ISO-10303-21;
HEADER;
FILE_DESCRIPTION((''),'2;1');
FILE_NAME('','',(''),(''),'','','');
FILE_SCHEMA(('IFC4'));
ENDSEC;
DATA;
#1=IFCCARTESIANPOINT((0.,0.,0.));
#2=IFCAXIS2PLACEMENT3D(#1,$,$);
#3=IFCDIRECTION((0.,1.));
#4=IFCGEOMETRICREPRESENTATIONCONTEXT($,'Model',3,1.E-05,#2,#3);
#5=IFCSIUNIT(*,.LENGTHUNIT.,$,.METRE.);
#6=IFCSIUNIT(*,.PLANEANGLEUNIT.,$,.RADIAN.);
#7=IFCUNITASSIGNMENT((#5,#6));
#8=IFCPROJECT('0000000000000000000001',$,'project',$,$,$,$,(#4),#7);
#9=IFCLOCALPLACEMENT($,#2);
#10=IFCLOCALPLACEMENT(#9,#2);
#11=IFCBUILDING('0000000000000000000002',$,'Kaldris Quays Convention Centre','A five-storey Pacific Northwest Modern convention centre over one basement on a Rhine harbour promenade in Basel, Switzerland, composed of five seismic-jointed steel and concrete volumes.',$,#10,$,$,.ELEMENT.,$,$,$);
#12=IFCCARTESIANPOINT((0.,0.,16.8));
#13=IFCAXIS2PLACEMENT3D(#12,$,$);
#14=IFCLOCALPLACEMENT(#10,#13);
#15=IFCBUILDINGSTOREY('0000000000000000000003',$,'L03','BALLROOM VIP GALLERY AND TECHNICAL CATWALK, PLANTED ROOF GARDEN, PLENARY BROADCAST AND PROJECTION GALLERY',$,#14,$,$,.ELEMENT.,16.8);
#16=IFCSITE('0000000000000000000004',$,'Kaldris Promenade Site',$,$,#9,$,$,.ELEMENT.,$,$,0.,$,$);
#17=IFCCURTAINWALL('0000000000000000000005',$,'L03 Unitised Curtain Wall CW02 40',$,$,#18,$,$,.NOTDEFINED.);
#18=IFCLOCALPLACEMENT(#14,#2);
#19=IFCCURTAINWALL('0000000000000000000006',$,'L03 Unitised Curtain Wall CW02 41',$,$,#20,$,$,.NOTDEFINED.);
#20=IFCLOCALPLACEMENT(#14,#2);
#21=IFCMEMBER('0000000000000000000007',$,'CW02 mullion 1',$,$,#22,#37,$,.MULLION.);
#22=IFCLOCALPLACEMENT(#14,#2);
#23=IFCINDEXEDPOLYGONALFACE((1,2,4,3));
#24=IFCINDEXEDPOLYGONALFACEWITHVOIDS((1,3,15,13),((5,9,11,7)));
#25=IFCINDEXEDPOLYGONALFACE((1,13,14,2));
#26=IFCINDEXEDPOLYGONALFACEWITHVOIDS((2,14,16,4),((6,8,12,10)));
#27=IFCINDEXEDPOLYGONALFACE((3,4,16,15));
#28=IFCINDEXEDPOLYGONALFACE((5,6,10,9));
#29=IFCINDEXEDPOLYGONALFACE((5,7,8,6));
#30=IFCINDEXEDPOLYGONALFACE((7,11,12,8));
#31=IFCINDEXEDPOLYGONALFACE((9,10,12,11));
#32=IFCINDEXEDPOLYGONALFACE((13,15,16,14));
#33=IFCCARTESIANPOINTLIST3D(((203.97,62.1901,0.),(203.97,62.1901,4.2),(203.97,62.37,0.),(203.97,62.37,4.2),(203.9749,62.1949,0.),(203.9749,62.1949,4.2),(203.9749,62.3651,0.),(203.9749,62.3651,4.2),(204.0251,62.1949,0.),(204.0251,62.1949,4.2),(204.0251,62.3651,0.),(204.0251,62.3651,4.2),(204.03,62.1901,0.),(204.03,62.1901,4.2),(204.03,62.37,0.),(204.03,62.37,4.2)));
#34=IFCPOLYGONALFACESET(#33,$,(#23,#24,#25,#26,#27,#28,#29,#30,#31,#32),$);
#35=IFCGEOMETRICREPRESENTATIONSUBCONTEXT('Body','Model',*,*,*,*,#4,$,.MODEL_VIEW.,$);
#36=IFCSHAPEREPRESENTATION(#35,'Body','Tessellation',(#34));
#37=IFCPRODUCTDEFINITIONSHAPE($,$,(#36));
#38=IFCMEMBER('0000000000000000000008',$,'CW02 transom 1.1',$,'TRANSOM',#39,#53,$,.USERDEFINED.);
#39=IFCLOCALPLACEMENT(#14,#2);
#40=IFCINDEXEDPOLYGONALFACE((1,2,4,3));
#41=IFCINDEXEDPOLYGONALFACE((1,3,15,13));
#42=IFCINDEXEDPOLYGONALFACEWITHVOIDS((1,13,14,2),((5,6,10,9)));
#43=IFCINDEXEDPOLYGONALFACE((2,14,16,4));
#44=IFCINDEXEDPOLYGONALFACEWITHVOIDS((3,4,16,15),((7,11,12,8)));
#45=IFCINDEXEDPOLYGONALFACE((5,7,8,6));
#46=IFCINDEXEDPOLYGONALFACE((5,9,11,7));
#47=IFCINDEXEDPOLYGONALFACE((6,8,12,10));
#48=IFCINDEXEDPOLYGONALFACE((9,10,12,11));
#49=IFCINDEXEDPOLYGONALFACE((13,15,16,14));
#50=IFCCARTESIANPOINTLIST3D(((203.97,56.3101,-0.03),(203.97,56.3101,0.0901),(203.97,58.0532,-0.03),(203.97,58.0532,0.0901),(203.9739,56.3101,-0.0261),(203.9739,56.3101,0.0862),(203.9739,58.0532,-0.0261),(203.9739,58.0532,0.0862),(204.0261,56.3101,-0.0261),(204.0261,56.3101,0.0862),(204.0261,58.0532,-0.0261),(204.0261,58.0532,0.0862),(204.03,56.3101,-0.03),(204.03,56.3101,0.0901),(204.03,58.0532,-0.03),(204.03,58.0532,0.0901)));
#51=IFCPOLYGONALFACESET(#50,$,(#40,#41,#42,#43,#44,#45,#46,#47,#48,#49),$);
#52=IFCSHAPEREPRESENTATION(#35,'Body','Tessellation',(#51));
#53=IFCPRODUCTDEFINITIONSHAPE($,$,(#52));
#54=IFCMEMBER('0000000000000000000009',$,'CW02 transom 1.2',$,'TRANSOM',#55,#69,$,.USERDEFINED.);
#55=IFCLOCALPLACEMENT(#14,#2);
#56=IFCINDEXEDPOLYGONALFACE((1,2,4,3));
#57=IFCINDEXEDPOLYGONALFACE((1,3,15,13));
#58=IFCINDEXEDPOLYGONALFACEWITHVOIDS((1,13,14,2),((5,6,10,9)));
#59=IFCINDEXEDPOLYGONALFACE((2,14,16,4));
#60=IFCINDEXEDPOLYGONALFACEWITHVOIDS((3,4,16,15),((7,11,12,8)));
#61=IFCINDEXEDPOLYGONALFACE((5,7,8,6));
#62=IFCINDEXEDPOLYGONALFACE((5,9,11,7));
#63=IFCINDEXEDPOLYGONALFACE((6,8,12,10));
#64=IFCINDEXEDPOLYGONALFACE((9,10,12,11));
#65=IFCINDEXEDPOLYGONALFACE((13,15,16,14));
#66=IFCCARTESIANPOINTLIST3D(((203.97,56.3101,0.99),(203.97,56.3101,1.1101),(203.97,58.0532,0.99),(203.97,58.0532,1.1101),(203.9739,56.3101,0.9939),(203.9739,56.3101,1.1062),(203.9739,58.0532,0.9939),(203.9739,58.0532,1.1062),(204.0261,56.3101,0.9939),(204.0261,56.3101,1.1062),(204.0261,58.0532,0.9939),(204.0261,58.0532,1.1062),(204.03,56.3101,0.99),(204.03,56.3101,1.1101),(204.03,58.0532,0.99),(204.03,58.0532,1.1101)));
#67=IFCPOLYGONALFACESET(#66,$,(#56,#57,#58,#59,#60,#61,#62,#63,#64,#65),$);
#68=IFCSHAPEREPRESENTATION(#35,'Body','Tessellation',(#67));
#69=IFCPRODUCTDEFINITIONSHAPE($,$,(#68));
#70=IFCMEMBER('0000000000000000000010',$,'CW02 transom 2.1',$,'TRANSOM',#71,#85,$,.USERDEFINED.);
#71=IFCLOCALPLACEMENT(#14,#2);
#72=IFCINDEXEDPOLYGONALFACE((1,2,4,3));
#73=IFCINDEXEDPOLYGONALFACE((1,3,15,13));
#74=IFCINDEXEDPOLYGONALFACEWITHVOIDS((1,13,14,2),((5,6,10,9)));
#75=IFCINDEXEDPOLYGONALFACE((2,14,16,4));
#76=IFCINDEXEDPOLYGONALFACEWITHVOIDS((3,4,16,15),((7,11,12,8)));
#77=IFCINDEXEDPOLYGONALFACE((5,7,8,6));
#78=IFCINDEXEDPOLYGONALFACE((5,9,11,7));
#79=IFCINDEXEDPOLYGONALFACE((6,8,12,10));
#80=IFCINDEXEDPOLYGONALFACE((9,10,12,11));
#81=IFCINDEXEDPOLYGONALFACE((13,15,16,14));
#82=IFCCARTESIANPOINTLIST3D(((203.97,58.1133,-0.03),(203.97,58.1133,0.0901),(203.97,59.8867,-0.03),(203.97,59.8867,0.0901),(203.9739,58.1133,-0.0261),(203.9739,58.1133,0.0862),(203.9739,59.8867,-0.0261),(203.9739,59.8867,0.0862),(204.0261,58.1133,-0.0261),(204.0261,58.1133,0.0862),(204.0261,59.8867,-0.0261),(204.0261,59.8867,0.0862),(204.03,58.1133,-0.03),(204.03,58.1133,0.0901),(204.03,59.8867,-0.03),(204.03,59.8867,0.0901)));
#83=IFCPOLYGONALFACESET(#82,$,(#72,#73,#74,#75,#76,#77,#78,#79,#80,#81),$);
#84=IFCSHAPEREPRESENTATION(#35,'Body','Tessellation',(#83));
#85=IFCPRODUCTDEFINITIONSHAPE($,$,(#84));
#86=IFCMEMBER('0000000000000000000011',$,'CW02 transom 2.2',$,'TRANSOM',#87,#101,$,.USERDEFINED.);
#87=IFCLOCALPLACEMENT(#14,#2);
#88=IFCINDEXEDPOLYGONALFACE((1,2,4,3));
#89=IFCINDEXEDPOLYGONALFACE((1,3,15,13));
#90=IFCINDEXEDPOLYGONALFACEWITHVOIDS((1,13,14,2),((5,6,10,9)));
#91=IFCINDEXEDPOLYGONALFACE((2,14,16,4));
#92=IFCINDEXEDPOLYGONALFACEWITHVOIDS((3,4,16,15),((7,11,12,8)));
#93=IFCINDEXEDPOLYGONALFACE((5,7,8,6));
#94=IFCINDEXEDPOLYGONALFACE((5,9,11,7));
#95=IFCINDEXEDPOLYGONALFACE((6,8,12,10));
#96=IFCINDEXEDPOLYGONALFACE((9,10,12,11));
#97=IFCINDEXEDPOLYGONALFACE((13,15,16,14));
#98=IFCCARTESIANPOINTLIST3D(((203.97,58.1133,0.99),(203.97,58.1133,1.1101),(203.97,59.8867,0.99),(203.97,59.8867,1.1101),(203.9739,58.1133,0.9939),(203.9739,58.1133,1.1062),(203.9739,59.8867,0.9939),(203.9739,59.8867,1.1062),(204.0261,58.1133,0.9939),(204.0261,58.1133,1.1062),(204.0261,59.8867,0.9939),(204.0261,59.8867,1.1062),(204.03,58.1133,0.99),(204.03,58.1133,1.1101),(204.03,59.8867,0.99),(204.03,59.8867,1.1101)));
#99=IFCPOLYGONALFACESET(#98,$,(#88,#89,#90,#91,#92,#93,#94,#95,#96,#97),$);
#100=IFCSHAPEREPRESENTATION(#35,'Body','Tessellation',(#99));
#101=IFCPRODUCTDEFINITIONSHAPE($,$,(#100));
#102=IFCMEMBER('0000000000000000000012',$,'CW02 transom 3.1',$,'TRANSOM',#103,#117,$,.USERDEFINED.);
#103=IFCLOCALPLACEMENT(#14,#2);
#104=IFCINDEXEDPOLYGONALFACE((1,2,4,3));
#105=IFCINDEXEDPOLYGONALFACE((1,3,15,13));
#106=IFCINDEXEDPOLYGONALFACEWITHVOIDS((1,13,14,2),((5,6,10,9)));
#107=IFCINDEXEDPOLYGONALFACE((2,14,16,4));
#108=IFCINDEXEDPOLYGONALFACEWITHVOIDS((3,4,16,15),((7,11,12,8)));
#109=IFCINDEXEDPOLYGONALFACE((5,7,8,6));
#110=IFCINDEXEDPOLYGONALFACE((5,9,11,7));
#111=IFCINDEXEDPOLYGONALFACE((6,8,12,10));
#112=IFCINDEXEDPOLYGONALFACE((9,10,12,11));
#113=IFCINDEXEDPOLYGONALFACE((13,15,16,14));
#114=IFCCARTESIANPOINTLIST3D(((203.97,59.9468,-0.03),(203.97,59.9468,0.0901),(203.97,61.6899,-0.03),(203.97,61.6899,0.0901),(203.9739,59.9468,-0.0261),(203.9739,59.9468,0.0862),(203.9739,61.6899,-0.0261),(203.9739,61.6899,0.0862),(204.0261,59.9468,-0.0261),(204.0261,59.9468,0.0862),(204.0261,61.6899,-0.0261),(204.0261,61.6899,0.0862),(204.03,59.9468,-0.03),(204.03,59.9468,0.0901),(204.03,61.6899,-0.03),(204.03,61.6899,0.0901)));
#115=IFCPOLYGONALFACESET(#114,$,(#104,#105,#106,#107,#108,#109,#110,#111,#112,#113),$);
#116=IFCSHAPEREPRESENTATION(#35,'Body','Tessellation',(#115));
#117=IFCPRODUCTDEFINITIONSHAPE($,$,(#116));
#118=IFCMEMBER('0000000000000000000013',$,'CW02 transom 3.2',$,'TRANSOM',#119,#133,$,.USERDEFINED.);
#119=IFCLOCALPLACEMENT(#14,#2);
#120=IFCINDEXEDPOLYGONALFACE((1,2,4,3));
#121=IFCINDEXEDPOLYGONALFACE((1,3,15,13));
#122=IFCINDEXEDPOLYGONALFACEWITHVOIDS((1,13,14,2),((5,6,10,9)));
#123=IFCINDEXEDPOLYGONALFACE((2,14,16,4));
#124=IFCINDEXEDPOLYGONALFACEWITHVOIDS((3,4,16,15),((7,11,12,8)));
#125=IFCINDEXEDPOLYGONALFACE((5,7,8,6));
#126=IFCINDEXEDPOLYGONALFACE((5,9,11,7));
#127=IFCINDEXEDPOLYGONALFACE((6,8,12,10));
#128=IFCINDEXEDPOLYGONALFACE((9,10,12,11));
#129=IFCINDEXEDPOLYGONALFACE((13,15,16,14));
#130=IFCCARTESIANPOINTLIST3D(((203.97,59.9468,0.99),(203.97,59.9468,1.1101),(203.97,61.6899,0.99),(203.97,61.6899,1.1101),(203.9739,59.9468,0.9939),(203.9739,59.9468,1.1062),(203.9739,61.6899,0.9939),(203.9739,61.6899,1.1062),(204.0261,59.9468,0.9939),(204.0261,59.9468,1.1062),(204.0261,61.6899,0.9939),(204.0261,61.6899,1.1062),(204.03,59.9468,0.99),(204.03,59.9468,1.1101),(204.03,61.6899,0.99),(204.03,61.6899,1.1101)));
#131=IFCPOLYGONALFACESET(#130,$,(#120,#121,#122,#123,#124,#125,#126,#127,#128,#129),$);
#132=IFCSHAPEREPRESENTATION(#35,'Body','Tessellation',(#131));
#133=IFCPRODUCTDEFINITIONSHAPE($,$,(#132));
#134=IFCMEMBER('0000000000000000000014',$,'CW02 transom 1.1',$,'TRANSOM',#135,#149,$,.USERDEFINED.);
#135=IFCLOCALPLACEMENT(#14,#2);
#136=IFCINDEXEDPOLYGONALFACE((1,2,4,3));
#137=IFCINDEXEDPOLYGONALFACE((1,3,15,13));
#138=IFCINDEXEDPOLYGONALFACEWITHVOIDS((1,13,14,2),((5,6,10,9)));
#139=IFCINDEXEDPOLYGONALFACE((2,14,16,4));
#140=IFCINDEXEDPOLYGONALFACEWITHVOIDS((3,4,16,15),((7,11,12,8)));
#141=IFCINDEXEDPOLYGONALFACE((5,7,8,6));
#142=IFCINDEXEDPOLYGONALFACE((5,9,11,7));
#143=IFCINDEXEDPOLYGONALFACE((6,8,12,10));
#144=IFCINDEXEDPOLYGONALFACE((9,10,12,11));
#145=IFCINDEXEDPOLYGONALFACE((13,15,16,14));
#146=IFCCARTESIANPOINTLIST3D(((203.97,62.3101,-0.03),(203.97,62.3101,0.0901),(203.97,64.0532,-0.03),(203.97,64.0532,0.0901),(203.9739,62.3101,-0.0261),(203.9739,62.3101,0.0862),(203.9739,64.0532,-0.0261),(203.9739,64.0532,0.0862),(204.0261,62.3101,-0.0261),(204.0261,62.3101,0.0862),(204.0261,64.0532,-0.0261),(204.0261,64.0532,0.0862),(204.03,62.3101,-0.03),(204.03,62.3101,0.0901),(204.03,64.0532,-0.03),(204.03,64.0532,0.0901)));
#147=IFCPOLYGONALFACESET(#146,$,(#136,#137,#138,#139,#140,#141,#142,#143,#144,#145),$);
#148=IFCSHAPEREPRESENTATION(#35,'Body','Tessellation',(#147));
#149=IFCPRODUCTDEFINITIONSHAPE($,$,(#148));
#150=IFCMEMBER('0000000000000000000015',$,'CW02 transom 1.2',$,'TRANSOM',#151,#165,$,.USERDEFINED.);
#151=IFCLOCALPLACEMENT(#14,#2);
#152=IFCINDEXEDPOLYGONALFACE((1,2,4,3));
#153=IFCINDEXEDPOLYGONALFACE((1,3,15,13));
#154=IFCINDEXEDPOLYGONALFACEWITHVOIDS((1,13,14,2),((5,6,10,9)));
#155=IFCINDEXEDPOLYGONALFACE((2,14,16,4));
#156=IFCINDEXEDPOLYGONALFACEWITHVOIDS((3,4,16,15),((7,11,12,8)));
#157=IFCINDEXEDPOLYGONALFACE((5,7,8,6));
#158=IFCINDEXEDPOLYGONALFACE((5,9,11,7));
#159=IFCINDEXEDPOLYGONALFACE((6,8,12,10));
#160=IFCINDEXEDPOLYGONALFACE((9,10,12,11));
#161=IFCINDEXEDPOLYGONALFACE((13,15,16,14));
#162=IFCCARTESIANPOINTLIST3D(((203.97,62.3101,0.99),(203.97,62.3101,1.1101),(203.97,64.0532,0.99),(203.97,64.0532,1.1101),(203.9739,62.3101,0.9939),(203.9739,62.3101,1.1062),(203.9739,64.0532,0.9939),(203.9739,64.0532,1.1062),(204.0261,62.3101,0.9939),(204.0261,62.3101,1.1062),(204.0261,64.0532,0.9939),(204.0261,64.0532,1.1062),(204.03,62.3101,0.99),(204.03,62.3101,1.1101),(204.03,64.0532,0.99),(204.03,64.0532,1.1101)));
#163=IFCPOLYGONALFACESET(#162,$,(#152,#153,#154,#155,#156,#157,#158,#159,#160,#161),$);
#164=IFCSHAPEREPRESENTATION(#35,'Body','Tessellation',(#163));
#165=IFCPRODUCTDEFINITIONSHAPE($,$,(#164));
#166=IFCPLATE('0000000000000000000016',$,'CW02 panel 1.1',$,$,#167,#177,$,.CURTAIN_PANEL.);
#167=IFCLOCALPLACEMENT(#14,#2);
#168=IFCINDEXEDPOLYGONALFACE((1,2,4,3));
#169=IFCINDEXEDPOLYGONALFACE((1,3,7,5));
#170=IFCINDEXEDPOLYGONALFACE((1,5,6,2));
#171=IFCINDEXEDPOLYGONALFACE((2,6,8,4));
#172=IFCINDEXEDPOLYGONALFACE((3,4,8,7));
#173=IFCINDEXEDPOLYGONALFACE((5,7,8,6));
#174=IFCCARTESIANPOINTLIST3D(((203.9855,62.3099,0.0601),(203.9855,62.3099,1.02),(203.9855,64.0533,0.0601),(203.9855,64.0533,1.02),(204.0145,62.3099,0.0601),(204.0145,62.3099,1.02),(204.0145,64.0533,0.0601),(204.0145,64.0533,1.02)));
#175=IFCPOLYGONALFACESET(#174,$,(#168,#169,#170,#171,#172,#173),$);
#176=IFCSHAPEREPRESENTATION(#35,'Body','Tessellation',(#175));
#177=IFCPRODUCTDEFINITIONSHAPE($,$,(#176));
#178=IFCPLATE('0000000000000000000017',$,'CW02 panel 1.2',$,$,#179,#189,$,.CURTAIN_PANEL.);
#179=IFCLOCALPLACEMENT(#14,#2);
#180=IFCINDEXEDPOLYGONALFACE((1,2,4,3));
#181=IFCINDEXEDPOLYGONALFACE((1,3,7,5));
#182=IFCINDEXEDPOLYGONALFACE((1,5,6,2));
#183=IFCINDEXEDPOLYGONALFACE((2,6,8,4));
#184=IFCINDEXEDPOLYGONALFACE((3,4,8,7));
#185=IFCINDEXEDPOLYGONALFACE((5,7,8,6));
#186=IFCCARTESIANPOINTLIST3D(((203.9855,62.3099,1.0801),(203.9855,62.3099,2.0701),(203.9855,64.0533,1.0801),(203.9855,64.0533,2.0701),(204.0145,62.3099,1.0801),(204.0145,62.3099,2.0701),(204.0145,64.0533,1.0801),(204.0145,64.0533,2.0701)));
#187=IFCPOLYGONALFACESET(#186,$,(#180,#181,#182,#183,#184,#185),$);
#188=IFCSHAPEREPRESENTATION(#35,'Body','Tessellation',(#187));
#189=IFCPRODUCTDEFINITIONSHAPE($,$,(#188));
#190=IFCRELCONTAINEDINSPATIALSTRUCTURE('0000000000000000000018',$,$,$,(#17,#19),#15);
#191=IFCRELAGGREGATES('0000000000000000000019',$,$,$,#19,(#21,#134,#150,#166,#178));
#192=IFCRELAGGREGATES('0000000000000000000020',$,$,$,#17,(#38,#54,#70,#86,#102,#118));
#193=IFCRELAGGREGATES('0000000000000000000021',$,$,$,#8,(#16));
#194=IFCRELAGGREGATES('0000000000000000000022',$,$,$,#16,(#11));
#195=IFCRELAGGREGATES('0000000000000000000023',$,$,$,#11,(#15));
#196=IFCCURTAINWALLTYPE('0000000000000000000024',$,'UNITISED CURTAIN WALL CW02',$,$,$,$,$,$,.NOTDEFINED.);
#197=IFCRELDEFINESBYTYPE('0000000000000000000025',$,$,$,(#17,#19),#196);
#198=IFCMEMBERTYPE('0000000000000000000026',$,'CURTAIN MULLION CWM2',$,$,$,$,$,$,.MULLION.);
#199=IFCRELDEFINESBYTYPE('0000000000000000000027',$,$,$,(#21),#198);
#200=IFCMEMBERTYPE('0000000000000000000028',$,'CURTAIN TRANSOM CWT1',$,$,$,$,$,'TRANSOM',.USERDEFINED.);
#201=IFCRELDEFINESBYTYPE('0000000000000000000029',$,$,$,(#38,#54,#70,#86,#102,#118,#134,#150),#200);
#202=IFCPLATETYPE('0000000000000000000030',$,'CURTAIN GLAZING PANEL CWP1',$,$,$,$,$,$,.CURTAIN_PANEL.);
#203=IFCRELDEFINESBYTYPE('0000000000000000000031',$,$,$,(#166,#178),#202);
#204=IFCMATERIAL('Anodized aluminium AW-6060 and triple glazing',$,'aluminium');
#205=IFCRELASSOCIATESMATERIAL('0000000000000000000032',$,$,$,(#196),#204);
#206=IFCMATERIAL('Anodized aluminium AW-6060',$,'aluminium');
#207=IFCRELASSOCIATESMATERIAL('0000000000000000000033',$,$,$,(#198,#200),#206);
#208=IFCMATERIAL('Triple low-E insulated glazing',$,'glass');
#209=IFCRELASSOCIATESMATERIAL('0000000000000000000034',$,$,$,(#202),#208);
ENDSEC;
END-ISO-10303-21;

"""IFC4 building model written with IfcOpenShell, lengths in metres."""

from ifc_helpers import new_model, si_unit, direction, frame, origin, origin_2d, place, context, subcontext, project, spatial, rectangle, hollow_rectangle, extrude, material, material_profile, profile_set, type_object, element, aggregate, save


model = new_model("IFC4")

# Units and contexts
model_context = context("Model", 3, precision=1e-05, world=origin(), true_north=direction((0.0, 1.0)))
body_context = subcontext(model_context, "Body", "Model", "MODEL_VIEW")
ifc_project = project(units=[si_unit("LENGTHUNIT", "METRE"), si_unit("PLANEANGLEUNIT", "RADIAN")], contexts=[model_context])

# Site, building, storey
site_placement = place(None, origin())
site = spatial("IfcSite", under=ifc_project, at=site_placement, Name="Kaldris Promenade Site", CompositionType="ELEMENT", RefElevation=0.0)
building_placement = place(site_placement, origin())
building = spatial("IfcBuilding", under=site, at=building_placement, Name="Kaldris Quays Convention Centre", Description="A five-storey Pacific Northwest Modern convention centre over one basement on a Rhine harbour promenade in Basel, Switzerland, composed of five seismic-jointed steel and concrete volumes.", CompositionType="ELEMENT")
storey_placement = place(building_placement, frame((0.0, 0.0, 16.8)))
storey = spatial("IfcBuildingStorey", under=building, at=storey_placement, Name="L03", Description="BALLROOM VIP GALLERY AND TECHNICAL CATWALK, PLANTED ROOF GARDEN, PLENARY BROADCAST AND PROJECTION GALLERY", CompositionType="ELEMENT", Elevation=16.8)

# Shared definitions
ifc_material_1 = material(Name="Anodized aluminium AW-6060 and triple glazing", Category="aluminium")
ifc_material_2 = material(Name="Anodized aluminium AW-6060", Category="aluminium")

# Curtain wall
curtain_wall_type_1 = type_object("IfcCurtainWallType", Name="UNITISED CURTAIN WALL CW02", PredefinedType="NOTDEFINED", material=ifc_material_1)
curtain_wall_1_placement = place(storey_placement, origin())
curtain_wall_1 = element("IfcCurtainWall", 1, at=curtain_wall_1_placement, inside=storey, type_object=curtain_wall_type_1, Name="L03 Unitised Curtain Wall CW02 40", PredefinedType="NOTDEFINED")
ifc_material_profile_1 = material_profile(ifc_material_2, hollow_rectangle(XDim=0.0601, YDim=0.1799, WallThickness=0.0049, at=origin_2d()), Name="RHS 180x60x5")
ifc_profile_set_1 = profile_set([ifc_material_profile_1], Name="Anodized aluminium AW-6060")
member_type_1 = type_object("IfcMemberType", Name="CURTAIN MULLION CWM2", PredefinedType="MULLION", material=ifc_profile_set_1)

# Curtain wall, member
curtain_wall_2_placement = place(storey_placement, origin())
curtain_wall_2 = element("IfcCurtainWall", 2, at=curtain_wall_2_placement, inside=storey, type_object=curtain_wall_type_1, Name="L03 Unitised Curtain Wall CW02 41", PredefinedType="NOTDEFINED")
member_1_placement = place(storey_placement, frame((204.0, 62.28, 0.0), z_axis=(0.0, 0.0, 1.0), x_axis=(-1.0, 0.0, 0.0)))
member_1 = element("IfcMember", 3, at=member_1_placement, type_object=member_type_1, Name="CW02 mullion 1", PredefinedType="MULLION", context=body_context, shape_type="SweptSolid", body=[
    extrude(hollow_rectangle(XDim=0.0601, YDim=0.1799, WallThickness=0.0049, at=origin_2d()), origin(), (0.0, 0.0, 1.0), 4.2),
])

# Members
ifc_material_profile_2 = material_profile(ifc_material_2, hollow_rectangle(XDim=0.0601, YDim=0.1201, WallThickness=0.0039, at=origin_2d()), Name="RHS 120x60x4")
ifc_profile_set_2 = profile_set([ifc_material_profile_2], Name="Anodized aluminium AW-6060")
member_type_2 = type_object("IfcMemberType", Name="CURTAIN TRANSOM CWT1", ElementType="TRANSOM", PredefinedType="USERDEFINED", material=ifc_profile_set_2)
member_2_placement = place(storey_placement, frame((204.0, 56.3101, 0.03), z_axis=(0.0, 1.0, 0.0), x_axis=(-1.0, 0.0, 0.0)))
member_2 = element("IfcMember", 4, at=member_2_placement, type_object=member_type_2, Name="CW02 transom 1.1", ObjectType="TRANSOM", PredefinedType="USERDEFINED", context=body_context, shape_type="SweptSolid", body=[
    extrude(hollow_rectangle(XDim=0.0601, YDim=0.1201, WallThickness=0.0039, at=origin_2d()), origin(), (0.0, 0.0, 1.0), 1.7432),
])
member_3_placement = place(storey_placement, frame((204.0, 56.3101, 1.05), z_axis=(0.0, 1.0, 0.0), x_axis=(-1.0, 0.0, 0.0)))
member_3 = element("IfcMember", 5, at=member_3_placement, type_object=member_type_2, Name="CW02 transom 1.2", ObjectType="TRANSOM", PredefinedType="USERDEFINED", context=body_context, shape_type="SweptSolid", body=[
    extrude(hollow_rectangle(XDim=0.0601, YDim=0.1201, WallThickness=0.0039, at=origin_2d()), origin(), (0.0, 0.0, 1.0), 1.7432),
])
member_4_placement = place(storey_placement, frame((204.0, 58.1133, 0.03), z_axis=(0.0, 1.0, 0.0), x_axis=(-1.0, 0.0, 0.0)))
member_4 = element("IfcMember", 6, at=member_4_placement, type_object=member_type_2, Name="CW02 transom 2.1", ObjectType="TRANSOM", PredefinedType="USERDEFINED", context=body_context, shape_type="SweptSolid", body=[
    extrude(hollow_rectangle(XDim=0.0601, YDim=0.1201, WallThickness=0.0039, at=origin_2d()), origin(), (0.0, 0.0, 1.0), 1.7734),
])
member_5_placement = place(storey_placement, frame((204.0, 58.1133, 1.05), z_axis=(0.0, 1.0, 0.0), x_axis=(-1.0, 0.0, 0.0)))
member_5 = element("IfcMember", 7, at=member_5_placement, type_object=member_type_2, Name="CW02 transom 2.2", ObjectType="TRANSOM", PredefinedType="USERDEFINED", context=body_context, shape_type="SweptSolid", body=[
    extrude(hollow_rectangle(XDim=0.0601, YDim=0.1201, WallThickness=0.0039, at=origin_2d()), origin(), (0.0, 0.0, 1.0), 1.7734),
])
member_6_placement = place(storey_placement, frame((204.0, 59.9468, 0.03), z_axis=(0.0, 1.0, 0.0), x_axis=(-1.0, 0.0, 0.0)))
member_6 = element("IfcMember", 8, at=member_6_placement, type_object=member_type_2, Name="CW02 transom 3.1", ObjectType="TRANSOM", PredefinedType="USERDEFINED", context=body_context, shape_type="SweptSolid", body=[
    extrude(hollow_rectangle(XDim=0.0601, YDim=0.1201, WallThickness=0.0039, at=origin_2d()), origin(), (0.0, 0.0, 1.0), 1.7432),
])
member_7_placement = place(storey_placement, frame((204.0, 59.9468, 1.05), z_axis=(0.0, 1.0, 0.0), x_axis=(-1.0, 0.0, 0.0)))
member_7 = element("IfcMember", 9, at=member_7_placement, type_object=member_type_2, Name="CW02 transom 3.2", ObjectType="TRANSOM", PredefinedType="USERDEFINED", context=body_context, shape_type="SweptSolid", body=[
    extrude(hollow_rectangle(XDim=0.0601, YDim=0.1201, WallThickness=0.0039, at=origin_2d()), origin(), (0.0, 0.0, 1.0), 1.7432),
])
member_8_placement = place(storey_placement, frame((204.0, 62.3101, 0.03), z_axis=(0.0, 1.0, 0.0), x_axis=(-1.0, 0.0, 0.0)))
member_8 = element("IfcMember", 10, at=member_8_placement, type_object=member_type_2, Name="CW02 transom 1.1", ObjectType="TRANSOM", PredefinedType="USERDEFINED", context=body_context, shape_type="SweptSolid", body=[
    extrude(hollow_rectangle(XDim=0.0601, YDim=0.1201, WallThickness=0.0039, at=origin_2d()), origin(), (0.0, 0.0, 1.0), 1.7432),
])
member_9_placement = place(storey_placement, frame((204.0, 62.3101, 1.05), z_axis=(0.0, 1.0, 0.0), x_axis=(-1.0, 0.0, 0.0)))
member_9 = element("IfcMember", 11, at=member_9_placement, type_object=member_type_2, Name="CW02 transom 1.2", ObjectType="TRANSOM", PredefinedType="USERDEFINED", context=body_context, shape_type="SweptSolid", body=[
    extrude(hollow_rectangle(XDim=0.0601, YDim=0.1201, WallThickness=0.0039, at=origin_2d()), origin(), (0.0, 0.0, 1.0), 1.7432),
])

# Plates
ifc_material_3 = material(Name="Triple low-E insulated glazing", Category="glass")
plate_type_1 = type_object("IfcPlateType", Name="CURTAIN GLAZING PANEL CWP1", PredefinedType="CURTAIN_PANEL", material=ifc_material_3)
plate_1_placement = place(storey_placement, frame((204.0, 63.1816, 0.0601), z_axis=(0.0, 0.0, 1.0), x_axis=(0.0, 1.0, 0.0)))
plate_1 = element("IfcPlate", 12, at=plate_1_placement, type_object=plate_type_1, Name="CW02 panel 1.1", PredefinedType="CURTAIN_PANEL", context=body_context, shape_type="SweptSolid", body=[
    extrude(rectangle(XDim=1.7434, YDim=0.0291, at=origin_2d()), origin(), (0.0, 0.0, 1.0), 0.96),
])
plate_2_placement = place(storey_placement, frame((204.0, 63.1816, 1.0801), z_axis=(0.0, 0.0, 1.0), x_axis=(0.0, 1.0, 0.0)))
plate_2 = element("IfcPlate", 13, at=plate_2_placement, type_object=plate_type_1, Name="CW02 panel 1.2", PredefinedType="CURTAIN_PANEL", context=body_context, shape_type="SweptSolid", body=[
    extrude(rectangle(XDim=1.7434, YDim=0.0291, at=origin_2d()), origin(), (0.0, 0.0, 1.0), 0.99),
])
aggregate(curtain_wall_2, [member_1, member_8, member_9, plate_1, plate_2])
aggregate(curtain_wall_1, [member_2, member_3, member_4, member_5, member_6, member_7])

save(model, "model.ifc")
